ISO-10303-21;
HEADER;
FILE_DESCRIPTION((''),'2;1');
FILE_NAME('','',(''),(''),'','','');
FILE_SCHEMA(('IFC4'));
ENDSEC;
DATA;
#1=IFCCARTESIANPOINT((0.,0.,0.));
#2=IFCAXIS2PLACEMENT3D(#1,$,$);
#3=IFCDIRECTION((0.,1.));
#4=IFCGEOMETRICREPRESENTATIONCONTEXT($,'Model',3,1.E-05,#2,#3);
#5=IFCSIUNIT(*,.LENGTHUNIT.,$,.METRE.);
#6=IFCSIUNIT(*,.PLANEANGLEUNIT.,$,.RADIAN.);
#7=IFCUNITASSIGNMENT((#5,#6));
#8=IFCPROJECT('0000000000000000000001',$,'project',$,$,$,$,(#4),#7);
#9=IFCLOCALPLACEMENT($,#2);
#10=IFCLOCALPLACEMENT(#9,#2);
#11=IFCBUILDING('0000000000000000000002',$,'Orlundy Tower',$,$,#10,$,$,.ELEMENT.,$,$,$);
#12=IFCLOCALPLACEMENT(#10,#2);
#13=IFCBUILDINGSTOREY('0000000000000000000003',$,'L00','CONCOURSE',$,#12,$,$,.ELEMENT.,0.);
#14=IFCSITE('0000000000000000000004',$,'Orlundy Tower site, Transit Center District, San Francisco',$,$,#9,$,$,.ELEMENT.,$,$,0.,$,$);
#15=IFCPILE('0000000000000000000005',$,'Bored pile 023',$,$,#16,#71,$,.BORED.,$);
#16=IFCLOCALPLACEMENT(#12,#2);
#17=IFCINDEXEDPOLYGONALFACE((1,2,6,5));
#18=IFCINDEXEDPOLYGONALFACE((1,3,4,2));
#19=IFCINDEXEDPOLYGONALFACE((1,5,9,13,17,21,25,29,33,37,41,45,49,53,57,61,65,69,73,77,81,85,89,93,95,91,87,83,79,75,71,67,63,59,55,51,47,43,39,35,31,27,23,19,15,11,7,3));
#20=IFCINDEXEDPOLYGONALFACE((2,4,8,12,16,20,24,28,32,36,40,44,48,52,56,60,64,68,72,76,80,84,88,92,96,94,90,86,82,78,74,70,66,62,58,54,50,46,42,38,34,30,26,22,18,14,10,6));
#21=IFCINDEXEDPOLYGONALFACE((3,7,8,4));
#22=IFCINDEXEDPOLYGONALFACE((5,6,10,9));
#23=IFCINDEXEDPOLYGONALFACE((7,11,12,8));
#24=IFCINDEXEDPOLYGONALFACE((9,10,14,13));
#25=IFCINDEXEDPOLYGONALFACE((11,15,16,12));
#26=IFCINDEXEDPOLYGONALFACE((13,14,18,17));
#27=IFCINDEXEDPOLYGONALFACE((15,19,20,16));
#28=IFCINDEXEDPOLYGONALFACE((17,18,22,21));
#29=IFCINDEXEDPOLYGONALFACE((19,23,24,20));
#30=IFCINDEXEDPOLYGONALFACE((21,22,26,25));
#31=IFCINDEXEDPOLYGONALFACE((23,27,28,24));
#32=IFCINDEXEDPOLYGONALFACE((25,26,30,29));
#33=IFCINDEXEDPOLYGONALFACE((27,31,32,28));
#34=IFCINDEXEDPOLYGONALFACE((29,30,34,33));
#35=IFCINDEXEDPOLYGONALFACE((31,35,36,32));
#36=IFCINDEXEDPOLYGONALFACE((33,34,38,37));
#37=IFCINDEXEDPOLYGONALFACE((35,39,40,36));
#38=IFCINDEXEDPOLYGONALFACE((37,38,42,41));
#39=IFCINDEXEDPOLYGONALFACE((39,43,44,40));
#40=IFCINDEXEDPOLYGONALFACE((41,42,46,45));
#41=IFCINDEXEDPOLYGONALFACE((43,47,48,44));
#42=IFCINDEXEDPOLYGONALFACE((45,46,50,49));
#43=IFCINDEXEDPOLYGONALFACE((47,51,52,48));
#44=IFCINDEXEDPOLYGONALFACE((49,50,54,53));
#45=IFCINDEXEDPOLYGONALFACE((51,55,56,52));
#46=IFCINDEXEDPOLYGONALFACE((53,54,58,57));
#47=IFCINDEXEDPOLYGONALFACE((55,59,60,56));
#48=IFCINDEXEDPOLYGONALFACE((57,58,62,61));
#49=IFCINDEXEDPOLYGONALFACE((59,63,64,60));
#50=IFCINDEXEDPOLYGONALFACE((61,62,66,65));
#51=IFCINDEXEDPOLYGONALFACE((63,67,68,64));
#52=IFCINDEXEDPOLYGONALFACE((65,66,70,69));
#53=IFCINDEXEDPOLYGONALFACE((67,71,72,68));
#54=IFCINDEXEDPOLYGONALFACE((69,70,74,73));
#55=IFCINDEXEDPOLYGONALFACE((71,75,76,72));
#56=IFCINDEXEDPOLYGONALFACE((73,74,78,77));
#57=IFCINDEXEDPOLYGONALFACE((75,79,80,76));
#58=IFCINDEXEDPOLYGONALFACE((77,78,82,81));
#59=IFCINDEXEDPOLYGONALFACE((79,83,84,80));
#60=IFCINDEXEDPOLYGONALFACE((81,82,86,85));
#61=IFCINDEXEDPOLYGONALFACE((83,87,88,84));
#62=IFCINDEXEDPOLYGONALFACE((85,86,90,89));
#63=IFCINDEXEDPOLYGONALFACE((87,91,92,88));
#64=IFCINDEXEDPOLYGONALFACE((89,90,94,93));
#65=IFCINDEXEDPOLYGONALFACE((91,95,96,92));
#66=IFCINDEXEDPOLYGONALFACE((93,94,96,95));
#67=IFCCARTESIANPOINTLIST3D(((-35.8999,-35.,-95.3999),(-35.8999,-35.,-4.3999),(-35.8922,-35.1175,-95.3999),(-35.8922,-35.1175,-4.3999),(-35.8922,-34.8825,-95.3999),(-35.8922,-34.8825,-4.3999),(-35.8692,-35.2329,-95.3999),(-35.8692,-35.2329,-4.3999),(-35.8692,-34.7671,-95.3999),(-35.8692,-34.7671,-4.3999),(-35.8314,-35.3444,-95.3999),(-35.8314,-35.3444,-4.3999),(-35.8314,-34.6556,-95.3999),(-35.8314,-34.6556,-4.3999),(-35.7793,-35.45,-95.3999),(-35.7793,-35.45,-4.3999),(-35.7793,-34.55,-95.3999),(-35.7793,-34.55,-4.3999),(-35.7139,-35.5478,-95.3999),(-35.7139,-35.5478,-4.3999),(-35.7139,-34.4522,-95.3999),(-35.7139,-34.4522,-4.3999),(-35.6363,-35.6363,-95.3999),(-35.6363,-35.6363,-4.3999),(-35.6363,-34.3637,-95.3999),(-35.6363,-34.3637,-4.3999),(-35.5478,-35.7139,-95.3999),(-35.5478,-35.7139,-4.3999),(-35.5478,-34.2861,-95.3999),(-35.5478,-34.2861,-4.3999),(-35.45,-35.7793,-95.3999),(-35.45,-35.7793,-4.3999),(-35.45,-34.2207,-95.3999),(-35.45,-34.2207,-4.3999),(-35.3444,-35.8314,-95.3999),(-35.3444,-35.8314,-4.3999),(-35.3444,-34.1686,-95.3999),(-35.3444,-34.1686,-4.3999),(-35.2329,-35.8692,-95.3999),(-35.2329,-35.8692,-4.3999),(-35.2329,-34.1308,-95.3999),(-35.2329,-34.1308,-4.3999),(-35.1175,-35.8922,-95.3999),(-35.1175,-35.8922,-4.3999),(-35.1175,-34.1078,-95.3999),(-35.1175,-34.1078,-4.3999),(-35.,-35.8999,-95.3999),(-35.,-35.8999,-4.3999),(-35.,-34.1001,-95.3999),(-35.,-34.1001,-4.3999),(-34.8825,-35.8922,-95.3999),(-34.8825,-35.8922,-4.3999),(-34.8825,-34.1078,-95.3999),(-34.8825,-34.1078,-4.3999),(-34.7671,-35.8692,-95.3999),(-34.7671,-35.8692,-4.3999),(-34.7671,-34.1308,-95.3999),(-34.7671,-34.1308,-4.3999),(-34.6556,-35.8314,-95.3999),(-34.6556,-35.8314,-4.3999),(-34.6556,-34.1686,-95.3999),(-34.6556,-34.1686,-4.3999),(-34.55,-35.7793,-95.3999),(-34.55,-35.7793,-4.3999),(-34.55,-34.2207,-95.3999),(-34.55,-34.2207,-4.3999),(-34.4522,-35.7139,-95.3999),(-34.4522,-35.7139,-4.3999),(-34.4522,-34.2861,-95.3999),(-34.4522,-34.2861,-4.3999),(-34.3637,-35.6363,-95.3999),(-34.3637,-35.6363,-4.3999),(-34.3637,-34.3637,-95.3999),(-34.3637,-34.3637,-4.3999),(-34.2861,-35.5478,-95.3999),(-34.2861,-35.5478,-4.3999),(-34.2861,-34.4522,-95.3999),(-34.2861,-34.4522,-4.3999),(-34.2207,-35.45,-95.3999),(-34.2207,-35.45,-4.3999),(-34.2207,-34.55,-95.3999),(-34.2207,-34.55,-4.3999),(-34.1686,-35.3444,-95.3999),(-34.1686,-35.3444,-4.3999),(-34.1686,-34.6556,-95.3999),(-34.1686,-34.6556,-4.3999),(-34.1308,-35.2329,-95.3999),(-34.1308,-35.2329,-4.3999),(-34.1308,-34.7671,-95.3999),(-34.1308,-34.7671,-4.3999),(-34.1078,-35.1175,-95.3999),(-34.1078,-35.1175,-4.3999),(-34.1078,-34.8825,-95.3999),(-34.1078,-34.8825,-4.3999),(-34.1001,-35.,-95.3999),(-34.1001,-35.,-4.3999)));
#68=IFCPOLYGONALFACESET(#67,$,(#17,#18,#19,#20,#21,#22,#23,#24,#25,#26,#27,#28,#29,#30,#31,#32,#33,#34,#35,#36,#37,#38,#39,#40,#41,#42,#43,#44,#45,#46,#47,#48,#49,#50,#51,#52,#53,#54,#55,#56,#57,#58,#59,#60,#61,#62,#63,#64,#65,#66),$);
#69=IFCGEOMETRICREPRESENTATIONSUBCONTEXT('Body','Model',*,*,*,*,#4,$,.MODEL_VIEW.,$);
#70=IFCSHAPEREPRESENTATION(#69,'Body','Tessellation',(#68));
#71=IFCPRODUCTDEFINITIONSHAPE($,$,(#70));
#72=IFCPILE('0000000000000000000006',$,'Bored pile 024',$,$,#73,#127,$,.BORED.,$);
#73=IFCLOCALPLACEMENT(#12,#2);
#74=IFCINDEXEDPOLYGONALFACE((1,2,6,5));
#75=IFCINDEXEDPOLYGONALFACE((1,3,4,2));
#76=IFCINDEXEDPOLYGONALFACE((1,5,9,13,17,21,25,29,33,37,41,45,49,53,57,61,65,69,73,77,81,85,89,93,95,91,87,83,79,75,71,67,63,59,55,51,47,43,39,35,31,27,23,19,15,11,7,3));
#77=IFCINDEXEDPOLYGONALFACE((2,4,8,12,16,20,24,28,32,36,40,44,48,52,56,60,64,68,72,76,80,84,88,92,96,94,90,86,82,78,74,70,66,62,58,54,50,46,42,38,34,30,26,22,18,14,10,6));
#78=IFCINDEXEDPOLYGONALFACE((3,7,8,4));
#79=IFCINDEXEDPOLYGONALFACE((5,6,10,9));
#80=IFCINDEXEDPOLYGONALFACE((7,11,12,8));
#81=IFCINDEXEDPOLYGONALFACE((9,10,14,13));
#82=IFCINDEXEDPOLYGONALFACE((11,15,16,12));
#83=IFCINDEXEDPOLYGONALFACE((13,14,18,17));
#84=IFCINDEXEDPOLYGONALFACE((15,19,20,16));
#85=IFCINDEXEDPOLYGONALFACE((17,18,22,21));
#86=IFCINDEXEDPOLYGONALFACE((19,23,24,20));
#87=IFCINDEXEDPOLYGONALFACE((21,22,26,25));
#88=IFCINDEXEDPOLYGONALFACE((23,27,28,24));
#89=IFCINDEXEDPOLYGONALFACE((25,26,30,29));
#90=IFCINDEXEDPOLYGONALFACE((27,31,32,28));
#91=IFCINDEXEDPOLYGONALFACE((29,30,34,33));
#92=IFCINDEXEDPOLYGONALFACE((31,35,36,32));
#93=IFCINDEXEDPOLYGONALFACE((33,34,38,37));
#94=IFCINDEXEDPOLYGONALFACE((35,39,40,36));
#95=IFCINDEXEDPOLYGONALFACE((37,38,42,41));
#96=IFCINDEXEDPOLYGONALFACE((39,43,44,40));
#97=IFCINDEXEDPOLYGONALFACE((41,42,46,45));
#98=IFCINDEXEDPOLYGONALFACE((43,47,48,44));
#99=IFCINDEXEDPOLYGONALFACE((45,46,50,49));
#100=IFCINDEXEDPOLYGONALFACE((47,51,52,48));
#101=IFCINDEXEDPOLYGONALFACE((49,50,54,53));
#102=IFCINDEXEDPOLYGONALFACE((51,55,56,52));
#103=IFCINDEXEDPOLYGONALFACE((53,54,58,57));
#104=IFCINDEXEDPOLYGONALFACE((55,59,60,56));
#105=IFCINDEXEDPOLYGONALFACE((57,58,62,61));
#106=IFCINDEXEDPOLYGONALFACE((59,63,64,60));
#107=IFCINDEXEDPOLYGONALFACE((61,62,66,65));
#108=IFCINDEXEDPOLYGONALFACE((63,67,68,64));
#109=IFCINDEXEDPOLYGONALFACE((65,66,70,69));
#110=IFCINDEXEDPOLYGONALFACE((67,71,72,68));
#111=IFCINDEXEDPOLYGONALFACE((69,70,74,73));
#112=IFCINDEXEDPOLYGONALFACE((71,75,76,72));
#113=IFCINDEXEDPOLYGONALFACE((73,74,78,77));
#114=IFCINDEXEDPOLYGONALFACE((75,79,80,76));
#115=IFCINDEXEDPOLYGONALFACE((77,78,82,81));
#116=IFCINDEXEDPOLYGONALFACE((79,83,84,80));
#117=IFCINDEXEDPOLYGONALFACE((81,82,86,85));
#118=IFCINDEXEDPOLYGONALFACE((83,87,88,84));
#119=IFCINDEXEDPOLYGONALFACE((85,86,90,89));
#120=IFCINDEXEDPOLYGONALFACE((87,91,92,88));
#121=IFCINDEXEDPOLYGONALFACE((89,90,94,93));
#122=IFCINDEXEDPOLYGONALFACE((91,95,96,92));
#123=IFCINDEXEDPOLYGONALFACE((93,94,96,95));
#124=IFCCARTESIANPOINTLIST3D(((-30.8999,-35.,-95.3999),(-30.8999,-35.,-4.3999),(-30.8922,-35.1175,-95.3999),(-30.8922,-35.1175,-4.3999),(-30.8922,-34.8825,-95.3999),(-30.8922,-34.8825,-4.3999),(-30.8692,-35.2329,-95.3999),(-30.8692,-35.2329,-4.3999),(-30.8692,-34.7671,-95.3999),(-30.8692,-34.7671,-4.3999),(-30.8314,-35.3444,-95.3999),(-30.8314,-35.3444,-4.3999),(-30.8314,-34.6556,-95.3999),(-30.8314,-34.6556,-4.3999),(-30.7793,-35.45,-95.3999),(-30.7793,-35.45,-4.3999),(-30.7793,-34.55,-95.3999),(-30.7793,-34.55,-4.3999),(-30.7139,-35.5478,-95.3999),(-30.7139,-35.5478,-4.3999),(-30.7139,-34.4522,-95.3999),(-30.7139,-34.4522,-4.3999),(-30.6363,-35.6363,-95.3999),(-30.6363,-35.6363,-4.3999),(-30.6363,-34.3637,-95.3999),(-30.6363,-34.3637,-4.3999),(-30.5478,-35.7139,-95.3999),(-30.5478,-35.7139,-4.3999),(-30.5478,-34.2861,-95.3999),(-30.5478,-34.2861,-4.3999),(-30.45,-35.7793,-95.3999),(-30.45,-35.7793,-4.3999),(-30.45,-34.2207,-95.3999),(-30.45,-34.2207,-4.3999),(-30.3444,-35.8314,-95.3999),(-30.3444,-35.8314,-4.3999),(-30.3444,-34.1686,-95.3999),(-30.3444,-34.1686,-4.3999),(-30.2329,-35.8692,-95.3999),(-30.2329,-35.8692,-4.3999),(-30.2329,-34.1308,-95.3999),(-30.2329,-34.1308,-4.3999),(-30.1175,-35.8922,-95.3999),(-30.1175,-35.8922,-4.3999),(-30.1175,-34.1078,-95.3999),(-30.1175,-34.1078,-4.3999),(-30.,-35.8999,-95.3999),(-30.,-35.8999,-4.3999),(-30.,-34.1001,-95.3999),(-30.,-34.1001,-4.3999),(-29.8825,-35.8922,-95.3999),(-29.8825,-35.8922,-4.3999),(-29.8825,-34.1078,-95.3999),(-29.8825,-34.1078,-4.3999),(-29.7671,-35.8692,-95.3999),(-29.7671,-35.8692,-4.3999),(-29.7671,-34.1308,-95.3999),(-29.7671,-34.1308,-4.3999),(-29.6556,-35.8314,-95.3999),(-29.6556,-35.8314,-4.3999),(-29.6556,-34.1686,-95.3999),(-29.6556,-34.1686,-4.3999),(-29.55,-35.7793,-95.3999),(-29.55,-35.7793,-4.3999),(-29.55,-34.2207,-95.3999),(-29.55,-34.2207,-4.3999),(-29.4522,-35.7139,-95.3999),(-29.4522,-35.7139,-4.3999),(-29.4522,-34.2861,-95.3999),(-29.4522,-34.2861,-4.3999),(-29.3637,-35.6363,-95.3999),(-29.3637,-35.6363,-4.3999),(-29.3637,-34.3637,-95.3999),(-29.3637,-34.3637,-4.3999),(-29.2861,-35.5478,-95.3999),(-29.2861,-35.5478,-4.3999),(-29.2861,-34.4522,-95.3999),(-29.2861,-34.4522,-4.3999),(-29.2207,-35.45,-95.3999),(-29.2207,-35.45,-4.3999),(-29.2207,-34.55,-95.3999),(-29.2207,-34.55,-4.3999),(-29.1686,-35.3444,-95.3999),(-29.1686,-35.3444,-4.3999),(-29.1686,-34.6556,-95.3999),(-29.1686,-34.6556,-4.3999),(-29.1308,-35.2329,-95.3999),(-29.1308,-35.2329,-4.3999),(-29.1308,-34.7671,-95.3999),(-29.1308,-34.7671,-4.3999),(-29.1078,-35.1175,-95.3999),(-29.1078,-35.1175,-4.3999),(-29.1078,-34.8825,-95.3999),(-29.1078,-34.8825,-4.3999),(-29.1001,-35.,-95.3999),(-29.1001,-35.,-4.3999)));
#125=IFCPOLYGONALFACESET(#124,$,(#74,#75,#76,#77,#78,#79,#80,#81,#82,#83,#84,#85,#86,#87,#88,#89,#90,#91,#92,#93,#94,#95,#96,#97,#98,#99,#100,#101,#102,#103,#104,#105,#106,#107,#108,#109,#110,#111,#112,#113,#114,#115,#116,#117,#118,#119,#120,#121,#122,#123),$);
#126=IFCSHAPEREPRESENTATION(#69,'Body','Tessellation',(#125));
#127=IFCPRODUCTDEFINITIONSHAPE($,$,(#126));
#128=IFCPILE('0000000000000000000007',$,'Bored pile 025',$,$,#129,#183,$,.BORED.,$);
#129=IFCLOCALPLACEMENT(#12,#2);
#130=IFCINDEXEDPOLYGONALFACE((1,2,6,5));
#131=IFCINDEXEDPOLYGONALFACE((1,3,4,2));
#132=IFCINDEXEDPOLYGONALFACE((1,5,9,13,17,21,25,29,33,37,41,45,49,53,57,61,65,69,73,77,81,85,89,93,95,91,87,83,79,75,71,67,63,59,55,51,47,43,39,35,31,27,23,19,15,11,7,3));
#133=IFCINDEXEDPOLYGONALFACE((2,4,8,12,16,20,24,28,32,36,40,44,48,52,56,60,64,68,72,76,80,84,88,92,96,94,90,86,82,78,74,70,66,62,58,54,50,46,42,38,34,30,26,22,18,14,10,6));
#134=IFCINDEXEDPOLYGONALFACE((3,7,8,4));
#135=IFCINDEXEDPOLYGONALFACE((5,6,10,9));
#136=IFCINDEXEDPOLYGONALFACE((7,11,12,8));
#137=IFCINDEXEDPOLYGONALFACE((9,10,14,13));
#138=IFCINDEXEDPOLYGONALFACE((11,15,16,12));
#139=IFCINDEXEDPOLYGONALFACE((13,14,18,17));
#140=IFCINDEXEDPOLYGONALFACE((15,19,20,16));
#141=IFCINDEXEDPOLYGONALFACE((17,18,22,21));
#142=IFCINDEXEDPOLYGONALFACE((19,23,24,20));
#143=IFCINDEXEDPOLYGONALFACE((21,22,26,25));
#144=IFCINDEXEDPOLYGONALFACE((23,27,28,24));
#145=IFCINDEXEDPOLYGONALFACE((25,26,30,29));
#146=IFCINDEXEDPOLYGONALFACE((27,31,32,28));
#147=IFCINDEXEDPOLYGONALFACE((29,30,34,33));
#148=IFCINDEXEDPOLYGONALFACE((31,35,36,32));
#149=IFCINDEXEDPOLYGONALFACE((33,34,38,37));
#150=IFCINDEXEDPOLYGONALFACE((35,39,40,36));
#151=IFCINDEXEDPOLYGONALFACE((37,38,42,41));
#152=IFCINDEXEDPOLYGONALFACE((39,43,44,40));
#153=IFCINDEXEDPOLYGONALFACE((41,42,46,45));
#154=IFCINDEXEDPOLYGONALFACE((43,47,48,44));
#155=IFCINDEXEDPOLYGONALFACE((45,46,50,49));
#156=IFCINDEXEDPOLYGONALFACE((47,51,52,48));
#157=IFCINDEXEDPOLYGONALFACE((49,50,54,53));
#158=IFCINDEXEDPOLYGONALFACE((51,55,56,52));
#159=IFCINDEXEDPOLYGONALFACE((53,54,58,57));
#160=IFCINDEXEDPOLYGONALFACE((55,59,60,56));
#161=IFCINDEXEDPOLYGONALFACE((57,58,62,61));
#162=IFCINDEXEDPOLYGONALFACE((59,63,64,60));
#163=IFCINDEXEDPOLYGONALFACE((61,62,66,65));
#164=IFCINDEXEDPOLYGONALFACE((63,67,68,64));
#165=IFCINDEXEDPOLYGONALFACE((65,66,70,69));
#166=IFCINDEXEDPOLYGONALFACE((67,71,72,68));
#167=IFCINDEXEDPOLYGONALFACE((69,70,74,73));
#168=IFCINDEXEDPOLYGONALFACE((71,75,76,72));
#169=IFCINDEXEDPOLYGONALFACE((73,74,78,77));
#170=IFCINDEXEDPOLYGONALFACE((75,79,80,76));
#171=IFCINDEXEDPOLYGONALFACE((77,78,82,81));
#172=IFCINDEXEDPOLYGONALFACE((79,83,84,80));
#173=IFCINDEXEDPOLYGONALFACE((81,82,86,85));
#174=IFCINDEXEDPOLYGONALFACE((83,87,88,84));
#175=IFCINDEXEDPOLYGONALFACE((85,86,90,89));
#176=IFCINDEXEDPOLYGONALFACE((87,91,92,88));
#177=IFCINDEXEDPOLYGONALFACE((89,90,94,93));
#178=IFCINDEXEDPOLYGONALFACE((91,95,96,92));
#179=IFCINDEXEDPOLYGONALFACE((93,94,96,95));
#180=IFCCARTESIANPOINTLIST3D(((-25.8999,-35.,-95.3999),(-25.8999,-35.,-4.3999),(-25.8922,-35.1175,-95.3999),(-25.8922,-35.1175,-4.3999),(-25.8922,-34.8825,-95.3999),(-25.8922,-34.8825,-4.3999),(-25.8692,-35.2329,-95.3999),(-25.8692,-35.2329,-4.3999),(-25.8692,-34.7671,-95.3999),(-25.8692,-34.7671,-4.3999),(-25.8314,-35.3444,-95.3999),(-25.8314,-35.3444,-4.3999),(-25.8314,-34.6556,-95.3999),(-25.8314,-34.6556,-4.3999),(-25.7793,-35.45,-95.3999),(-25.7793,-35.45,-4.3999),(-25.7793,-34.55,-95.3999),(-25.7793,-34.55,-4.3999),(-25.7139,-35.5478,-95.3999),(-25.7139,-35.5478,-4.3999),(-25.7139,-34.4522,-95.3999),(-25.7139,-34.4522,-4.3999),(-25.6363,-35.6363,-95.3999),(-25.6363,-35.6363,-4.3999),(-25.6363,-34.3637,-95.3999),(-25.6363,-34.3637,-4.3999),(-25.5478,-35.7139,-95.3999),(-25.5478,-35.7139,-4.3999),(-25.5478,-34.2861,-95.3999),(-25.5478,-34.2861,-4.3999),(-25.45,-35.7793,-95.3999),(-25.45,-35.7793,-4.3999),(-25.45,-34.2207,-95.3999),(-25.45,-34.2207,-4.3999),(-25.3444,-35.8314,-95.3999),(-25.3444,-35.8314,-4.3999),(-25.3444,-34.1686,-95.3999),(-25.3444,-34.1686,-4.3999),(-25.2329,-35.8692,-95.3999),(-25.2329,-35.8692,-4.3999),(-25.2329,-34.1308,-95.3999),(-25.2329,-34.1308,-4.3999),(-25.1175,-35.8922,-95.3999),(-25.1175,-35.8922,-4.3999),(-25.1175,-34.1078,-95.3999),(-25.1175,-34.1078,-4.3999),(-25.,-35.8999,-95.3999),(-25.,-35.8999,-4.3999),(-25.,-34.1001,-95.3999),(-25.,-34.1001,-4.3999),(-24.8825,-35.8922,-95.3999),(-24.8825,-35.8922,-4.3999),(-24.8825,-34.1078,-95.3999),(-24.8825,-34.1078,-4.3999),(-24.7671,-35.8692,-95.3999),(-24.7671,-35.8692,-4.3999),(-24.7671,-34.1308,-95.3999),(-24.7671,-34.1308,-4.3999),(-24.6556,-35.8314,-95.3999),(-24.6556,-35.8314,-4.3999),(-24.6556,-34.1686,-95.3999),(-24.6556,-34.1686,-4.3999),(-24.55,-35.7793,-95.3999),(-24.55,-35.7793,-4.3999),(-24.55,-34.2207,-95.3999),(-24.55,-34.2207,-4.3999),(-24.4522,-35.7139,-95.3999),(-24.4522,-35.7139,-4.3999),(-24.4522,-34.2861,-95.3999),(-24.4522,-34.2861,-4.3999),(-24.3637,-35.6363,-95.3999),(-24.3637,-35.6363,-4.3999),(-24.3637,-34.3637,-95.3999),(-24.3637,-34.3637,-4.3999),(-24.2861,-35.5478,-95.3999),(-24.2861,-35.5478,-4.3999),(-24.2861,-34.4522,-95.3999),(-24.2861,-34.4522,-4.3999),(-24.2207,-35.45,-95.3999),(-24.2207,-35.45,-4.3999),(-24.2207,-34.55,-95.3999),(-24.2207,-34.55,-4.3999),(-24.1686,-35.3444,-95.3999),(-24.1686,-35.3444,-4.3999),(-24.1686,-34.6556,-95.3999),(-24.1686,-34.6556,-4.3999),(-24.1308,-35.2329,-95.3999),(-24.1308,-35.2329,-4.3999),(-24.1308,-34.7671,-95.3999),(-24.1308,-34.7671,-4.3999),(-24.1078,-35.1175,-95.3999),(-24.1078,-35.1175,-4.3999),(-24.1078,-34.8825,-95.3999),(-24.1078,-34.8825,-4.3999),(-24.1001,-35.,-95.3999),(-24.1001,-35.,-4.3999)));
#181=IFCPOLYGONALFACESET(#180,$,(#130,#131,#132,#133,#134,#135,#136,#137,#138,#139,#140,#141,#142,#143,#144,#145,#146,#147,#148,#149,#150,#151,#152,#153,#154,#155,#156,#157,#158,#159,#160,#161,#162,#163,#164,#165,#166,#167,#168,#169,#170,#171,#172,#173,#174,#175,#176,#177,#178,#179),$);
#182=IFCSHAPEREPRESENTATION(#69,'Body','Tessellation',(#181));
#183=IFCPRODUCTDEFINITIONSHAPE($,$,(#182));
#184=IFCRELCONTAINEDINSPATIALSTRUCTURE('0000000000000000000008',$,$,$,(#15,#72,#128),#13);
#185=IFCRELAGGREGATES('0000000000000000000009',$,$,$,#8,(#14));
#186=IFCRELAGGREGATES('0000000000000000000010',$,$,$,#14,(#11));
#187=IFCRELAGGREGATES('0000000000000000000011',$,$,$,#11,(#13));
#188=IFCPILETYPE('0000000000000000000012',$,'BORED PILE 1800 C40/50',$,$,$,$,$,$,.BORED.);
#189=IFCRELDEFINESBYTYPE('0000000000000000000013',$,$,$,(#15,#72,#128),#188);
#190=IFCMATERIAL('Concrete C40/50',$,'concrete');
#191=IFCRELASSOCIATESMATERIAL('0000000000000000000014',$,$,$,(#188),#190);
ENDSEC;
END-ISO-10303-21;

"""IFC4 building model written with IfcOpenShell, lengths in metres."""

from ifc_helpers import new_model, si_unit, direction, frame, origin, origin_2d, place, context, subcontext, project, spatial, circle, extrude, material, material_profile, profile_set, type_object, element, save


model = new_model("IFC4")

# Units and contexts
model_context = context("Model", 3, precision=1e-05, world=origin(), true_north=direction((0.0, 1.0)))
body_context = subcontext(model_context, "Body", "Model", "MODEL_VIEW")
ifc_project = project(units=[si_unit("LENGTHUNIT", "METRE"), si_unit("PLANEANGLEUNIT", "RADIAN")], contexts=[model_context])

# Site, building, storey
site_placement = place(None, origin())
site = spatial("IfcSite", under=ifc_project, at=site_placement, Name="Orlundy Tower site, Transit Center District, San Francisco", CompositionType="ELEMENT", RefElevation=0.0)
building_placement = place(site_placement, origin())
building = spatial("IfcBuilding", under=site, at=building_placement, Name="Orlundy Tower", CompositionType="ELEMENT")
storey_placement = place(building_placement, origin())
storey = spatial("IfcBuildingStorey", under=building, at=storey_placement, Name="L00", Description="CONCOURSE", CompositionType="ELEMENT", Elevation=0.0)

# Piles
ifc_material_1 = material(Name="Concrete C40/50", Category="concrete")
ifc_material_profile_1 = material_profile(ifc_material_1, circle(Radius=0.8999, at=origin_2d()), Name="BP1800")
ifc_profile_set_1 = profile_set([ifc_material_profile_1], Name="Concrete C40/50")
pile_type = type_object("IfcPileType", Name="BORED PILE 1800 C40/50", PredefinedType="BORED", material=ifc_profile_set_1)
for number, where, z_axis, x_axis, name in (
    (1, (-35.0, -35.0, -4.3999), (0.0, 0.0, -1.0), (1.0, 0.0, 0.0), "Bored pile 023"),
    (2, (-30.0, -35.0, -4.3999), (0.0, 0.0, -1.0), (1.0, 0.0, 0.0), "Bored pile 024"),
    (3, (-25.0, -35.0, -4.3999), (0.0, 0.0, -1.0), (1.0, 0.0, 0.0), "Bored pile 025"),
):
    element("IfcPile", number, at=place(storey_placement, frame(where, z_axis=z_axis, x_axis=x_axis)), inside=storey, type_object=pile_type, Name=name, PredefinedType="BORED", context=body_context, shape_type="SweptSolid", body=[
        extrude(circle(Radius=0.8999, at=origin_2d()), origin(), (0.0, 0.0, 1.0), 91.0),
    ])

save(model, "model.ifc")
